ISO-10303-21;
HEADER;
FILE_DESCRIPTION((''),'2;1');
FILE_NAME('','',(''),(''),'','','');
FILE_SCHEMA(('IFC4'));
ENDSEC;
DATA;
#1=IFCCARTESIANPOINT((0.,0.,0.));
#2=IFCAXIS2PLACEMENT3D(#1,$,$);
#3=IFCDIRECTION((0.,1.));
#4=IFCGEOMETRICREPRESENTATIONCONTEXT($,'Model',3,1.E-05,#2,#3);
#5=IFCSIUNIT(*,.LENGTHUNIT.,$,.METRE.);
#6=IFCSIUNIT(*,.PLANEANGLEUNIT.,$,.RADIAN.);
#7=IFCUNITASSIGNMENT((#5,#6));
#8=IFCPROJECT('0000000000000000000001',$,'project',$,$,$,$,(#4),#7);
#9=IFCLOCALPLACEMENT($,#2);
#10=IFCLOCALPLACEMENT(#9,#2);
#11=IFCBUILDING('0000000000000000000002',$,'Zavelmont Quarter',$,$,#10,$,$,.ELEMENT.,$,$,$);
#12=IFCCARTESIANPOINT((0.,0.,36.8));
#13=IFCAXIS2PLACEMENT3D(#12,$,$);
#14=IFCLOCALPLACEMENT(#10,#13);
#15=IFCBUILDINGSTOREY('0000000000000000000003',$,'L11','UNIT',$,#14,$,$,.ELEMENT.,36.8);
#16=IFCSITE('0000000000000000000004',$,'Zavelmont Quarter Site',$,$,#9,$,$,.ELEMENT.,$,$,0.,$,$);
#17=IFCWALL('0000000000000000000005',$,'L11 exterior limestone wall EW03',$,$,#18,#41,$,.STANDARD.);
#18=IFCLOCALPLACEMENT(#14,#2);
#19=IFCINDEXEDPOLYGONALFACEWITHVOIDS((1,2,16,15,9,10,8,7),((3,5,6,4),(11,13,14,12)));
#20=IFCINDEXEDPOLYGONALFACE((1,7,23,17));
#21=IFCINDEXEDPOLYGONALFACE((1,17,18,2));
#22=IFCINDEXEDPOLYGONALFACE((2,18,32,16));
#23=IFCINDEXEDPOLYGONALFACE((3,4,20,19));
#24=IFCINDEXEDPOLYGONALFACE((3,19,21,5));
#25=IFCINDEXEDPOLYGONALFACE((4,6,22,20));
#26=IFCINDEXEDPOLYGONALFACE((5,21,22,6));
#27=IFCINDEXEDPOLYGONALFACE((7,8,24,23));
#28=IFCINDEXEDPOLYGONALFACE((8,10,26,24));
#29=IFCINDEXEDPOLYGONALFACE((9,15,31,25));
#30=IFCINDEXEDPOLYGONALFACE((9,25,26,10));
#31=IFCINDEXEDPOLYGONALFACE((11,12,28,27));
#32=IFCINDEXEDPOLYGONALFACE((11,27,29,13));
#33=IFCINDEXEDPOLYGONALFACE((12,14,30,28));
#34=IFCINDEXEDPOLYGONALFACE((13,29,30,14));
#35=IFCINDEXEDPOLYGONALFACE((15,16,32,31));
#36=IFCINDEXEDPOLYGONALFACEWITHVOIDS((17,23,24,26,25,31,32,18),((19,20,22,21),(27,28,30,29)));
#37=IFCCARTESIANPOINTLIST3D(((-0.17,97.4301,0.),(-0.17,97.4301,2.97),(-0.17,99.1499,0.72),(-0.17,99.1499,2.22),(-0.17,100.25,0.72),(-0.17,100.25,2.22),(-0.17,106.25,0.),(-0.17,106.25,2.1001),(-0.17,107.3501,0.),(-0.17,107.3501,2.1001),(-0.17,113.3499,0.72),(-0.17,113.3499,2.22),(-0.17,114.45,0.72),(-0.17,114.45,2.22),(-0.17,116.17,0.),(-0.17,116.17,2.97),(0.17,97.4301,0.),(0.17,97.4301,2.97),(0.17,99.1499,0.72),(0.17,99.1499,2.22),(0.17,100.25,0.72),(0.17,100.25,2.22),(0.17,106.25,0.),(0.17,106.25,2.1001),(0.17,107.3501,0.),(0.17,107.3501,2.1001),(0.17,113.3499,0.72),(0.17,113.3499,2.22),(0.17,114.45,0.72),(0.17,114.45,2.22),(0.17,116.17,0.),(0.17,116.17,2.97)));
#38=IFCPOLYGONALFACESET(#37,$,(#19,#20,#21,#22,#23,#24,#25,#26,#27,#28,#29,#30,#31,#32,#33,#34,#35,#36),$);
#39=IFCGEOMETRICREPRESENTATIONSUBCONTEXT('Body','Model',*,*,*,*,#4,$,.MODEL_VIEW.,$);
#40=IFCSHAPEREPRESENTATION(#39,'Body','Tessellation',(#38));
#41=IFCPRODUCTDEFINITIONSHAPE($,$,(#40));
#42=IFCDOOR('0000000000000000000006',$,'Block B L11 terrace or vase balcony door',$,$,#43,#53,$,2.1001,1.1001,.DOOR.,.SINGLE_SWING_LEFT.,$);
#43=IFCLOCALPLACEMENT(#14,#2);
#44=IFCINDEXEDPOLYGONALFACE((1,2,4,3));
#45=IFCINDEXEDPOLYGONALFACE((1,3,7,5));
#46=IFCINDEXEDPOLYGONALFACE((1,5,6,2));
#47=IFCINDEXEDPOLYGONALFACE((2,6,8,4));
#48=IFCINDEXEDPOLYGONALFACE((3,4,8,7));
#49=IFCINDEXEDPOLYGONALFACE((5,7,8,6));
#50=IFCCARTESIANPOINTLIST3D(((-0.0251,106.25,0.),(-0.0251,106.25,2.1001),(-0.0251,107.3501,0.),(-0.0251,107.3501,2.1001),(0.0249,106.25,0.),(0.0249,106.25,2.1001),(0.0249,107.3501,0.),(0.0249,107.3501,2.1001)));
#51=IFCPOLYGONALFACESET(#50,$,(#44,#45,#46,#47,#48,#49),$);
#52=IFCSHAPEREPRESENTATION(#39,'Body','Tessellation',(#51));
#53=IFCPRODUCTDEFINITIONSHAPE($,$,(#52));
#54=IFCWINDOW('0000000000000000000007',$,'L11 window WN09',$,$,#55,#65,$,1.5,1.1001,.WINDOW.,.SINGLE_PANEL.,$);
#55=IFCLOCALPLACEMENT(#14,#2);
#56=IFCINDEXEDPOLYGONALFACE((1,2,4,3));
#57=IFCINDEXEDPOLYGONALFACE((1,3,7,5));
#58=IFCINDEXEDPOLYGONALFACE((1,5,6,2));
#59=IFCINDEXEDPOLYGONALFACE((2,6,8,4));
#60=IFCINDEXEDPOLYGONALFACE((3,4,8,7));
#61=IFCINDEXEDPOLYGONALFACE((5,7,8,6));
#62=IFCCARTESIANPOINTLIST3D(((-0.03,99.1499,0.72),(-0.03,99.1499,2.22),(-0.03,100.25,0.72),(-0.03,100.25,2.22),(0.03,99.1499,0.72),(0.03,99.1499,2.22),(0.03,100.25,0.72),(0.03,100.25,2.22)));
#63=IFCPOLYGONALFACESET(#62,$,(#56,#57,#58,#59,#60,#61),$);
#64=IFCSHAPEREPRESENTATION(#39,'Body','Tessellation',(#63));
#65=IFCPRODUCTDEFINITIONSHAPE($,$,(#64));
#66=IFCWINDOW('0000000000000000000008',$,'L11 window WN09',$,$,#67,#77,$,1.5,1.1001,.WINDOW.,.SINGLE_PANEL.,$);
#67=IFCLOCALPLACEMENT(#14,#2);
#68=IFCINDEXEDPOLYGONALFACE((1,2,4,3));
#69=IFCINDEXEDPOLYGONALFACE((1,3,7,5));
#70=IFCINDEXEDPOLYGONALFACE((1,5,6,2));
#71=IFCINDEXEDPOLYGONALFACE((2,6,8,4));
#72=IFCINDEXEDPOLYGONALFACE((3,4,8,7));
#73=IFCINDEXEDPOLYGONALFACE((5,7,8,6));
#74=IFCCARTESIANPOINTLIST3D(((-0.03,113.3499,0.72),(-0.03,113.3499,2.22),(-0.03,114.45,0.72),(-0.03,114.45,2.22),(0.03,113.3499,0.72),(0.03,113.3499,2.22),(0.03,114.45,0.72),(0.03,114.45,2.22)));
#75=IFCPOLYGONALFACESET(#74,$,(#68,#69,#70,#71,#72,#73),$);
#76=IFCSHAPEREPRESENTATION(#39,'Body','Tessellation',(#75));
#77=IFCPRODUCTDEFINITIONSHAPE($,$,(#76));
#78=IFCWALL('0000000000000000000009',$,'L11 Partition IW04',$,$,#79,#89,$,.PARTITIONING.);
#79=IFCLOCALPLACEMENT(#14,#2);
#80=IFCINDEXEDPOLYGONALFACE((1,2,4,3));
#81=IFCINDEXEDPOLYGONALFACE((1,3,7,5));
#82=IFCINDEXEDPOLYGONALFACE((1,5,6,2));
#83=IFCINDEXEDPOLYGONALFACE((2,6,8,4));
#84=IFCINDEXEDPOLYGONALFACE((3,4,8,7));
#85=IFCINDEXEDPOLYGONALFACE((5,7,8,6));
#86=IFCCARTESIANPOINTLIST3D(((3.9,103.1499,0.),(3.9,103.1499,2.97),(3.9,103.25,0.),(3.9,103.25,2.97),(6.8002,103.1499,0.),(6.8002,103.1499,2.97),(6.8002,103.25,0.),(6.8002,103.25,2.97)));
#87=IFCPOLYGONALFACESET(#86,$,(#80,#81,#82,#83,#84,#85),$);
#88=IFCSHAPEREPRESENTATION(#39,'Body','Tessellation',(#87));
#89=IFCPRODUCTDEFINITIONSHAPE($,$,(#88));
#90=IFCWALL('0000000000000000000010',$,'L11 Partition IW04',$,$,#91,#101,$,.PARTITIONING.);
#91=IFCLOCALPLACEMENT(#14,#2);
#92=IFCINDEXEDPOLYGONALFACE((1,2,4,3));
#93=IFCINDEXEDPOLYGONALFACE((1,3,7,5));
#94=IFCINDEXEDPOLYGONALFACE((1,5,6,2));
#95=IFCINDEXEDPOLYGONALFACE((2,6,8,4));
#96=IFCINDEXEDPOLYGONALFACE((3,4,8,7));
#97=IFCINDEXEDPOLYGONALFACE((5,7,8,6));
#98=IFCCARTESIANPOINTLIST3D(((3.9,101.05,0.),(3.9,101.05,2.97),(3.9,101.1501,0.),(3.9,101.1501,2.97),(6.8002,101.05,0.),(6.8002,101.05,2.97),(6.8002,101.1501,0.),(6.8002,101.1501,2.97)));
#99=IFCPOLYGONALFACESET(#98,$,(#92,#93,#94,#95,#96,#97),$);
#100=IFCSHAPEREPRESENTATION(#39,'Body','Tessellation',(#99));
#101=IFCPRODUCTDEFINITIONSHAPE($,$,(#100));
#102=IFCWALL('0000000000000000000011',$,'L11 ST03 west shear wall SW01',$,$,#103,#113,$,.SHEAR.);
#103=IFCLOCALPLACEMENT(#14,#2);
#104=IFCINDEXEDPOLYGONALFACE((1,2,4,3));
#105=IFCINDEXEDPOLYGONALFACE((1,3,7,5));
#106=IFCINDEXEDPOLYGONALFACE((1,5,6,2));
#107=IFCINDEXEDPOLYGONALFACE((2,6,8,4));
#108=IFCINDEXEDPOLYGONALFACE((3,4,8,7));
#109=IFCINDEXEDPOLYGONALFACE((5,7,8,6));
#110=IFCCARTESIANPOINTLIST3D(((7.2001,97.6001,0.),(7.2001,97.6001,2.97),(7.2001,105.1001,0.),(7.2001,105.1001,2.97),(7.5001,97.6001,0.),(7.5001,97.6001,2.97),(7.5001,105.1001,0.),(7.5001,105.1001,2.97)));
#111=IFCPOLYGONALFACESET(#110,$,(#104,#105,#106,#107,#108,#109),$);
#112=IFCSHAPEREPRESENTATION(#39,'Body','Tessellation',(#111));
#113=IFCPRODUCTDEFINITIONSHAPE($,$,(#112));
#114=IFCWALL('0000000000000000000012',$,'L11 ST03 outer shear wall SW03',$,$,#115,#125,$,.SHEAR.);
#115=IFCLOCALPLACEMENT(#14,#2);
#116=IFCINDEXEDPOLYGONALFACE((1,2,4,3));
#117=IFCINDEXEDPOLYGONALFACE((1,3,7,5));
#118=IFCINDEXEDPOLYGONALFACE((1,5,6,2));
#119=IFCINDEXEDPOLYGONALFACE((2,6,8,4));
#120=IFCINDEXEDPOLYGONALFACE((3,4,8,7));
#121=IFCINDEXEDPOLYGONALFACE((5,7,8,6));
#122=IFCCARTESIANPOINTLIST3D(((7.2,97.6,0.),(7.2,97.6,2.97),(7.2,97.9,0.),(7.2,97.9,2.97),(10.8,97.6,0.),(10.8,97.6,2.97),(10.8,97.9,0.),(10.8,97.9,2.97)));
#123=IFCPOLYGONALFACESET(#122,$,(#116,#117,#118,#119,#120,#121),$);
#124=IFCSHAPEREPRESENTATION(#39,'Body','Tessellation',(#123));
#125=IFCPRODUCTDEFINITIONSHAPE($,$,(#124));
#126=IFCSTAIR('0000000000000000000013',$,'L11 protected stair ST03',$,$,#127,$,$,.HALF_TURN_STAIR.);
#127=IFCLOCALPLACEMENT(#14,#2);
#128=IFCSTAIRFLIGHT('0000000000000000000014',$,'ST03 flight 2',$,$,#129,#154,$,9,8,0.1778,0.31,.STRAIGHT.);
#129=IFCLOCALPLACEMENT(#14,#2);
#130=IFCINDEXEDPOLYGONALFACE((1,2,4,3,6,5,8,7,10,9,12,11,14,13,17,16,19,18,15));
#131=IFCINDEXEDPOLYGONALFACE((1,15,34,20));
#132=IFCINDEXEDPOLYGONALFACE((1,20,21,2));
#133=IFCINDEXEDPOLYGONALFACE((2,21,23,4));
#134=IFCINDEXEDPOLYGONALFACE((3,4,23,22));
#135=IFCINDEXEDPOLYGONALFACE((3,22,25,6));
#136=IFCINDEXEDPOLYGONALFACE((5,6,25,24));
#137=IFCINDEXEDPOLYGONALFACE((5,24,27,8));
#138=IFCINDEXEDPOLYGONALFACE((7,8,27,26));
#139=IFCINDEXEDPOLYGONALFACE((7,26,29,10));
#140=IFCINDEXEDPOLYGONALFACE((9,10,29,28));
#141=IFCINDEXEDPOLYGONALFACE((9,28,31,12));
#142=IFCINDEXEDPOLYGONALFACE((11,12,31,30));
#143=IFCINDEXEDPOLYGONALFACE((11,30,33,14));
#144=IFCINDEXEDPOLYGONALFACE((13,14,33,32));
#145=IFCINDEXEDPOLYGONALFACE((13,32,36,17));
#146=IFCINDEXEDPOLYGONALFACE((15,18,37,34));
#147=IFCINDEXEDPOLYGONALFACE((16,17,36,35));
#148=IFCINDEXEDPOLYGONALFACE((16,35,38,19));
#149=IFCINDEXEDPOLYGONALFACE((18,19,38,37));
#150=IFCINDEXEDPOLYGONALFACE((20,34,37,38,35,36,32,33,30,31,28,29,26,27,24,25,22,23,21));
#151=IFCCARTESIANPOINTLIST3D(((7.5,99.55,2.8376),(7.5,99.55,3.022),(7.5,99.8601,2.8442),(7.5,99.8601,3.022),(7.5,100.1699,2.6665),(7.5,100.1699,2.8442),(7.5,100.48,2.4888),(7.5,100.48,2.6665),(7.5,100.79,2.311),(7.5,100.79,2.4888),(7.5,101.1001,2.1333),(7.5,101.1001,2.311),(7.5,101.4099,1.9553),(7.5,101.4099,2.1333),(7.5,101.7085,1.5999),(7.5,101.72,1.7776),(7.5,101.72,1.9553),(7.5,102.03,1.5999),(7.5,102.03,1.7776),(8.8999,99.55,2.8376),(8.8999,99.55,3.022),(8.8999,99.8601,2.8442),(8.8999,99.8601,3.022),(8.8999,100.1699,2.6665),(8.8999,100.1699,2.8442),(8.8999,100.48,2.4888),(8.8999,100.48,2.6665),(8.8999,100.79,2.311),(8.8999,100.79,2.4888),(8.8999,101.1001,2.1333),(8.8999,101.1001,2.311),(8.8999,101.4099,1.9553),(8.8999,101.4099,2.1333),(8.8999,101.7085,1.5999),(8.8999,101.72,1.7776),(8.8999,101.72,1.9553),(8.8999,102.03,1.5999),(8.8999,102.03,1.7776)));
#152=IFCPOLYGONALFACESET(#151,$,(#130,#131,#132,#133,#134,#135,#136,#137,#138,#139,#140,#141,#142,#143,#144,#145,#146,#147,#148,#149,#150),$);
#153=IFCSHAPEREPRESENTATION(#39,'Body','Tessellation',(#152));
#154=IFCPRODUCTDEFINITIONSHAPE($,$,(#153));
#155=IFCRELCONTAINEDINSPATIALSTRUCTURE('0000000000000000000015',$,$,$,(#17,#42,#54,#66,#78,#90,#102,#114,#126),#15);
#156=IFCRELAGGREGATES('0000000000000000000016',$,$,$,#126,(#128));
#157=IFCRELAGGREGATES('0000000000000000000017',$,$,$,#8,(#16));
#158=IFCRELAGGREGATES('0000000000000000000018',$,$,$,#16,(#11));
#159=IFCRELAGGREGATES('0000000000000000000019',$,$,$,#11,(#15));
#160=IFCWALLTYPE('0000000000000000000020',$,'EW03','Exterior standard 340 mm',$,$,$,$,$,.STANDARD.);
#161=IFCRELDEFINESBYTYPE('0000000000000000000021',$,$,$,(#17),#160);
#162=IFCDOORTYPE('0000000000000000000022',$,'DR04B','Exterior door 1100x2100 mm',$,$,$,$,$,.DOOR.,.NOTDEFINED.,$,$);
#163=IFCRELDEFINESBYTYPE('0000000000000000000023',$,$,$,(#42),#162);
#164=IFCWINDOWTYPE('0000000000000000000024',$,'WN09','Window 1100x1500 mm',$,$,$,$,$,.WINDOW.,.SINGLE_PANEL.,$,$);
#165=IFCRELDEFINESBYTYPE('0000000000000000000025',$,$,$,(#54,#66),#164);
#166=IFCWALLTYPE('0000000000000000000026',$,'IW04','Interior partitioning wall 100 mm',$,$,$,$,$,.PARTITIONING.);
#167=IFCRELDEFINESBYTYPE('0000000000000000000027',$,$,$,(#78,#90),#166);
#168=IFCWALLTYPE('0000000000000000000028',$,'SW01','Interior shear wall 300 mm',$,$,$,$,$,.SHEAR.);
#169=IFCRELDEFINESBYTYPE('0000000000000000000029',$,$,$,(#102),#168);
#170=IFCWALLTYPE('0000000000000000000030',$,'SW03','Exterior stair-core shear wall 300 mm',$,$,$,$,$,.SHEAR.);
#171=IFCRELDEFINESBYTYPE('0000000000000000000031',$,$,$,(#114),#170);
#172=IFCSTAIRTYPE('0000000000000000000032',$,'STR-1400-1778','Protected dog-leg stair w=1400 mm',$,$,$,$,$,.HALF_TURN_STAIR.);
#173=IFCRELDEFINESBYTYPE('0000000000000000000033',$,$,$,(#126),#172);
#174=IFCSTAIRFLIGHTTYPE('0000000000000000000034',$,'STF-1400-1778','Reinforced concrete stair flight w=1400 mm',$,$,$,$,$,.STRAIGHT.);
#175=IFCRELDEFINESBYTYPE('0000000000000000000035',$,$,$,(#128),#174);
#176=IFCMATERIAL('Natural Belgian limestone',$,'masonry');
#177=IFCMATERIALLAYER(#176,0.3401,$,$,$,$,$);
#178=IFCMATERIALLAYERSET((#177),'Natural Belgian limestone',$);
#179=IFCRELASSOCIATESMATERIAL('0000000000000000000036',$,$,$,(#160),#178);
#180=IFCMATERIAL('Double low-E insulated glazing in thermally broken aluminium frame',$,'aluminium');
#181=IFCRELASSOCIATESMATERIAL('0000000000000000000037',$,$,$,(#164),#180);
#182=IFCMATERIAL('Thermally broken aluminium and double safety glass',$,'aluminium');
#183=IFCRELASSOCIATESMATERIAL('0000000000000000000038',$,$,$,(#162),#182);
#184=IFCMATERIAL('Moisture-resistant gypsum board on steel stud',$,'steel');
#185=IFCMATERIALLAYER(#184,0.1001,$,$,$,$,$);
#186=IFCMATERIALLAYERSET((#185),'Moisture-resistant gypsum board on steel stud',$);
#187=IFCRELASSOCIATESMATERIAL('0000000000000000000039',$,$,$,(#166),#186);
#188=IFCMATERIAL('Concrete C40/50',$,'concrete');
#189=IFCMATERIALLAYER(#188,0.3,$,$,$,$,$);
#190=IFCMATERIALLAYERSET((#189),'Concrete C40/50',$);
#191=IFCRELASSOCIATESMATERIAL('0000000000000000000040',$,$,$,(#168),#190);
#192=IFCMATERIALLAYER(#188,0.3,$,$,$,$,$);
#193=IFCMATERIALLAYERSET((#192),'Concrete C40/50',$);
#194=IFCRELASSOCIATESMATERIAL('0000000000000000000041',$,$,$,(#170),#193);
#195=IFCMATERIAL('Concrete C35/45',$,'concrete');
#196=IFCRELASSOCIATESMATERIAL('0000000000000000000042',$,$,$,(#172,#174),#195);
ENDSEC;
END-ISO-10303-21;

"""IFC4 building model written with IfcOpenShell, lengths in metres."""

from ifc_helpers import new_model, si_unit, direction, frame, frame_2d, origin, origin_with_axes, place, context, subcontext, project, spatial, polyline, rectangle, outline, extrude, material, layer, layer_set, type_object, element, fill, aggregate, save


model = new_model("IFC4")

# Units and contexts
model_context = context("Model", 3, precision=1e-05, world=origin(), true_north=direction((0.0, 1.0)))
body_context = subcontext(model_context, "Body", "Model", "MODEL_VIEW")
ifc_project = project(units=[si_unit("LENGTHUNIT", "METRE"), si_unit("PLANEANGLEUNIT", "RADIAN")], contexts=[model_context])

# Site, building, storey
site_placement = place(None, origin())
site = spatial("IfcSite", under=ifc_project, at=site_placement, Name="Zavelmont Quarter Site", CompositionType="ELEMENT", RefElevation=0.0)
building_placement = place(site_placement, origin())
building = spatial("IfcBuilding", under=site, at=building_placement, Name="Zavelmont Quarter", CompositionType="ELEMENT")
storey_placement = place(building_placement, frame((0.0, 0.0, 36.8)))
storey = spatial("IfcBuildingStorey", under=building, at=storey_placement, Name="L11", Description="UNIT", CompositionType="ELEMENT", Elevation=36.8)

# Shared definitions
ifc_material_1 = material(Name="Concrete C35/45", Category="concrete")

# Shared definitions
ifc_material_2 = material(Name="Concrete C40/50", Category="concrete")

# Shared definitions
ifc_material_3 = material(Name="Natural Belgian limestone", Category="masonry")
ifc_layer_1 = layer(ifc_material_3, 0.3401)
ifc_layer_set_1 = layer_set([ifc_layer_1], Name="Natural Belgian limestone")
wall_type_1 = type_object("IfcWallType", Name="EW03", Description="Exterior standard 340 mm", PredefinedType="STANDARD", material=ifc_layer_set_1)
ifc_material_4 = material(Name="Double low-E insulated glazing in thermally broken aluminium frame", Category="aluminium")
window_type_1 = type_object("IfcWindowType", Name="WN09", Description="Window 1100x1500 mm", PartitioningType="SINGLE_PANEL", PredefinedType="WINDOW", material=ifc_material_4)

# Wall, openings, door, windows
wall_1_placement = place(storey_placement, frame((0.0, 97.4299, 0.0), z_axis=(0.0, 0.0, 1.0), x_axis=(0.0, 1.0, 0.0)))
wall_1 = element("IfcWall", 1, at=wall_1_placement, inside=storey, type_object=wall_type_1, Name="L11 exterior limestone wall EW03", PredefinedType="STANDARD", context=body_context, shape_type="SweptSolid", body=[
    extrude(rectangle(XDim=18.74, YDim=0.3401, at=frame_2d((9.3701, 0.0))), origin(), (0.0, 0.0, 1.0), 2.97),
])
opening_1_placement = place(wall_1_placement, frame((8.8201, 0.0, 0.0)))
opening_1 = element("IfcOpeningElement", 2, at=opening_1_placement, cuts=wall_1, PredefinedType="OPENING", context=body_context, shape_type="SweptSolid", body=[
    extrude(rectangle(XDim=1.1001, YDim=2.1001, at=frame_2d((0.55, 1.05))), frame((0.0, 0.1821, 0.0), z_axis=(0.0, -1.0, 0.0), x_axis=(1.0, 0.0, 0.0)), (0.0, 0.0, 1.0), 0.364),
])
opening_2_placement = place(wall_1_placement, frame((1.72, 0.0, 0.72)))
opening_2 = element("IfcOpeningElement", 3, at=opening_2_placement, cuts=wall_1, PredefinedType="OPENING", context=body_context, shape_type="SweptSolid", body=[
    extrude(rectangle(XDim=1.1001, YDim=1.5, at=frame_2d((0.55, 0.75))), frame((0.0, 0.1821, 0.0), z_axis=(0.0, -1.0, 0.0), x_axis=(1.0, 0.0, 0.0)), (0.0, 0.0, 1.0), 0.364),
])
opening_3_placement = place(wall_1_placement, frame((15.9199, 0.0, 0.72)))
opening_3 = element("IfcOpeningElement", 4, at=opening_3_placement, cuts=wall_1, PredefinedType="OPENING", context=body_context, shape_type="SweptSolid", body=[
    extrude(rectangle(XDim=1.1001, YDim=1.5, at=frame_2d((0.55, 0.75))), frame((0.0, 0.1821, 0.0), z_axis=(0.0, -1.0, 0.0), x_axis=(1.0, 0.0, 0.0)), (0.0, 0.0, 1.0), 0.364),
])
ifc_material_5 = material(Name="Thermally broken aluminium and double safety glass", Category="aluminium")
door_type = type_object("IfcDoorType", Name="DR04B", Description="Exterior door 1100x2100 mm", OperationType="NOTDEFINED", PredefinedType="DOOR", material=ifc_material_5)
door_placement = place(opening_1_placement, frame((1.1001, 0.0, 0.0), z_axis=(0.0, 0.0, 1.0), x_axis=(-1.0, 0.0, 0.0)))
door = element("IfcDoor", 5, at=door_placement, inside=storey, type_object=door_type, Name="Block B L11 terrace or vase balcony door", OperationType="SINGLE_SWING_LEFT", OverallHeight=2.1001, OverallWidth=1.1001, PredefinedType="DOOR", context=body_context, shape_type="SweptSolid", body=[
    extrude(rectangle(XDim=1.1001, YDim=2.1001, at=frame_2d((0.55, 1.05))), frame((0.0, 0.0249, 0.0), z_axis=(0.0, -1.0, 0.0), x_axis=(1.0, 0.0, 0.0)), (0.0, 0.0, 1.0), 0.05),
])
fill(opening_1, door)
window_1_placement = place(opening_2_placement, origin_with_axes())
window_1 = element("IfcWindow", 6, at=window_1_placement, inside=storey, type_object=window_type_1, Name="L11 window WN09", OverallHeight=1.5, OverallWidth=1.1001, PartitioningType="SINGLE_PANEL", PredefinedType="WINDOW", context=body_context, shape_type="SweptSolid", body=[
    extrude(rectangle(XDim=1.1001, YDim=1.5, at=frame_2d((0.55, 0.75))), frame((0.0, 0.03, 0.0), z_axis=(0.0, -1.0, 0.0), x_axis=(1.0, 0.0, 0.0)), (0.0, 0.0, 1.0), 0.0601),
])
fill(opening_2, window_1)
window_2_placement = place(opening_3_placement, origin_with_axes())
window_2 = element("IfcWindow", 7, at=window_2_placement, inside=storey, type_object=window_type_1, Name="L11 window WN09", OverallHeight=1.5, OverallWidth=1.1001, PartitioningType="SINGLE_PANEL", PredefinedType="WINDOW", context=body_context, shape_type="SweptSolid", body=[
    extrude(rectangle(XDim=1.1001, YDim=1.5, at=frame_2d((0.55, 0.75))), frame((0.0, 0.03, 0.0), z_axis=(0.0, -1.0, 0.0), x_axis=(1.0, 0.0, 0.0)), (0.0, 0.0, 1.0), 0.0601),
])
fill(opening_3, window_2)

# Walls
ifc_material_6 = material(Name="Moisture-resistant gypsum board on steel stud", Category="steel")
ifc_layer_2 = layer(ifc_material_6, 0.1001)
ifc_layer_set_2 = layer_set([ifc_layer_2], Name="Moisture-resistant gypsum board on steel stud")
wall_type_2 = type_object("IfcWallType", Name="IW04", Description="Interior partitioning wall 100 mm", PredefinedType="PARTITIONING", material=ifc_layer_set_2)
for number, where, z_axis, x_axis, name in (
    (8, (3.8999, 103.2, 0.0), (0.0, 0.0, 1.0), (1.0, 0.0, 0.0), "L11 Partition IW04"),
    (9, (3.8999, 101.1001, 0.0), (0.0, 0.0, 1.0), (1.0, 0.0, 0.0), "L11 Partition IW04"),
):
    element("IfcWall", number, at=place(storey_placement, frame(where, z_axis=z_axis, x_axis=x_axis)), inside=storey, type_object=wall_type_2, Name=name, PredefinedType="PARTITIONING", context=body_context, shape_type="SweptSolid", body=[
        extrude(rectangle(XDim=2.9001, YDim=0.1001, at=frame_2d((1.4502, 0.0))), origin(), (0.0, 0.0, 1.0), 2.97),
    ])
ifc_layer_3 = layer(ifc_material_2, 0.3)
ifc_layer_set_3 = layer_set([ifc_layer_3], Name="Concrete C40/50")
wall_type_3 = type_object("IfcWallType", Name="SW01", Description="Interior shear wall 300 mm", PredefinedType="SHEAR", material=ifc_layer_set_3)
wall_2_placement = place(storey_placement, frame((7.3501, 97.6001, 0.0), z_axis=(0.0, 0.0, 1.0), x_axis=(0.0, 1.0, 0.0)))
element("IfcWall", 10, at=wall_2_placement, inside=storey, type_object=wall_type_3, Name="L11 ST03 west shear wall SW01", PredefinedType="SHEAR", context=body_context, shape_type="SweptSolid", body=[
    extrude(rectangle(XDim=7.5, YDim=0.3, at=frame_2d((3.75, 0.0))), origin(), (0.0, 0.0, 1.0), 2.97),
])
ifc_layer_4 = layer(ifc_material_2, 0.3)
ifc_layer_set_4 = layer_set([ifc_layer_4], Name="Concrete C40/50")
wall_type_4 = type_object("IfcWallType", Name="SW03", Description="Exterior stair-core shear wall 300 mm", PredefinedType="SHEAR", material=ifc_layer_set_4)
wall_3_placement = place(storey_placement, frame((7.2, 97.75, 0.0), z_axis=(0.0, 0.0, 1.0), x_axis=(1.0, 0.0, 0.0)))
element("IfcWall", 11, at=wall_3_placement, inside=storey, type_object=wall_type_4, Name="L11 ST03 outer shear wall SW03", PredefinedType="SHEAR", context=body_context, shape_type="SweptSolid", body=[
    extrude(rectangle(XDim=3.6001, YDim=0.3, at=frame_2d((1.8, 0.0))), origin(), (0.0, 0.0, 1.0), 2.97),
])

# Stair, stair flight
stair_type = type_object("IfcStairType", Name="STR-1400-1778", Description="Protected dog-leg stair w=1400 mm", PredefinedType="HALF_TURN_STAIR", material=ifc_material_1)
stair_placement = place(storey_placement, origin())
stair = element("IfcStair", 12, at=stair_placement, inside=storey, type_object=stair_type, Name="L11 protected stair ST03", PredefinedType="HALF_TURN_STAIR")
stair_flight_type = type_object("IfcStairFlightType", Name="STF-1400-1778", Description="Reinforced concrete stair flight w=1400 mm", PredefinedType="STRAIGHT", material=ifc_material_1)
stair_flight_placement = place(storey_placement, frame((8.2, 102.03, 1.5999), z_axis=(0.0, 0.0, 1.0), x_axis=(0.0, -1.0, 0.0)))
stair_flight = element("IfcStairFlight", 13, at=stair_flight_placement, type_object=stair_flight_type, Name="ST03 flight 2", NumberOfRisers=9, NumberOfTreads=8, PredefinedType="STRAIGHT", RiserHeight=0.1778, TreadLength=0.31, context=body_context, shape_type="SweptSolid", body=[
    extrude(outline(polyline([(0.0, 0.0), (0.0, 0.1777), (0.3101, 0.1777), (0.3101, 0.3555), (0.6201, 0.3555), (0.6201, 0.5334), (0.9299, 0.5334), (0.9299, 0.7112), (1.24, 0.7112), (1.24, 0.8889), (1.55, 0.8889), (1.55, 1.0667), (1.8601, 1.0667), (1.8601, 1.2444), (2.1699, 1.2444), (2.1699, 1.4221), (2.48, 1.4221), (2.48, 1.6001), (2.48, 1.2378), (0.3215, 0.0), (0.0, 0.0)])), frame((0.0, 0.7, 0.0), z_axis=(0.0, -1.0, 0.0), x_axis=(1.0, 0.0, 0.0)), (0.0, 0.0, 1.0), 1.3999),
])
aggregate(stair, [stair_flight])

save(model, "model.ifc")
